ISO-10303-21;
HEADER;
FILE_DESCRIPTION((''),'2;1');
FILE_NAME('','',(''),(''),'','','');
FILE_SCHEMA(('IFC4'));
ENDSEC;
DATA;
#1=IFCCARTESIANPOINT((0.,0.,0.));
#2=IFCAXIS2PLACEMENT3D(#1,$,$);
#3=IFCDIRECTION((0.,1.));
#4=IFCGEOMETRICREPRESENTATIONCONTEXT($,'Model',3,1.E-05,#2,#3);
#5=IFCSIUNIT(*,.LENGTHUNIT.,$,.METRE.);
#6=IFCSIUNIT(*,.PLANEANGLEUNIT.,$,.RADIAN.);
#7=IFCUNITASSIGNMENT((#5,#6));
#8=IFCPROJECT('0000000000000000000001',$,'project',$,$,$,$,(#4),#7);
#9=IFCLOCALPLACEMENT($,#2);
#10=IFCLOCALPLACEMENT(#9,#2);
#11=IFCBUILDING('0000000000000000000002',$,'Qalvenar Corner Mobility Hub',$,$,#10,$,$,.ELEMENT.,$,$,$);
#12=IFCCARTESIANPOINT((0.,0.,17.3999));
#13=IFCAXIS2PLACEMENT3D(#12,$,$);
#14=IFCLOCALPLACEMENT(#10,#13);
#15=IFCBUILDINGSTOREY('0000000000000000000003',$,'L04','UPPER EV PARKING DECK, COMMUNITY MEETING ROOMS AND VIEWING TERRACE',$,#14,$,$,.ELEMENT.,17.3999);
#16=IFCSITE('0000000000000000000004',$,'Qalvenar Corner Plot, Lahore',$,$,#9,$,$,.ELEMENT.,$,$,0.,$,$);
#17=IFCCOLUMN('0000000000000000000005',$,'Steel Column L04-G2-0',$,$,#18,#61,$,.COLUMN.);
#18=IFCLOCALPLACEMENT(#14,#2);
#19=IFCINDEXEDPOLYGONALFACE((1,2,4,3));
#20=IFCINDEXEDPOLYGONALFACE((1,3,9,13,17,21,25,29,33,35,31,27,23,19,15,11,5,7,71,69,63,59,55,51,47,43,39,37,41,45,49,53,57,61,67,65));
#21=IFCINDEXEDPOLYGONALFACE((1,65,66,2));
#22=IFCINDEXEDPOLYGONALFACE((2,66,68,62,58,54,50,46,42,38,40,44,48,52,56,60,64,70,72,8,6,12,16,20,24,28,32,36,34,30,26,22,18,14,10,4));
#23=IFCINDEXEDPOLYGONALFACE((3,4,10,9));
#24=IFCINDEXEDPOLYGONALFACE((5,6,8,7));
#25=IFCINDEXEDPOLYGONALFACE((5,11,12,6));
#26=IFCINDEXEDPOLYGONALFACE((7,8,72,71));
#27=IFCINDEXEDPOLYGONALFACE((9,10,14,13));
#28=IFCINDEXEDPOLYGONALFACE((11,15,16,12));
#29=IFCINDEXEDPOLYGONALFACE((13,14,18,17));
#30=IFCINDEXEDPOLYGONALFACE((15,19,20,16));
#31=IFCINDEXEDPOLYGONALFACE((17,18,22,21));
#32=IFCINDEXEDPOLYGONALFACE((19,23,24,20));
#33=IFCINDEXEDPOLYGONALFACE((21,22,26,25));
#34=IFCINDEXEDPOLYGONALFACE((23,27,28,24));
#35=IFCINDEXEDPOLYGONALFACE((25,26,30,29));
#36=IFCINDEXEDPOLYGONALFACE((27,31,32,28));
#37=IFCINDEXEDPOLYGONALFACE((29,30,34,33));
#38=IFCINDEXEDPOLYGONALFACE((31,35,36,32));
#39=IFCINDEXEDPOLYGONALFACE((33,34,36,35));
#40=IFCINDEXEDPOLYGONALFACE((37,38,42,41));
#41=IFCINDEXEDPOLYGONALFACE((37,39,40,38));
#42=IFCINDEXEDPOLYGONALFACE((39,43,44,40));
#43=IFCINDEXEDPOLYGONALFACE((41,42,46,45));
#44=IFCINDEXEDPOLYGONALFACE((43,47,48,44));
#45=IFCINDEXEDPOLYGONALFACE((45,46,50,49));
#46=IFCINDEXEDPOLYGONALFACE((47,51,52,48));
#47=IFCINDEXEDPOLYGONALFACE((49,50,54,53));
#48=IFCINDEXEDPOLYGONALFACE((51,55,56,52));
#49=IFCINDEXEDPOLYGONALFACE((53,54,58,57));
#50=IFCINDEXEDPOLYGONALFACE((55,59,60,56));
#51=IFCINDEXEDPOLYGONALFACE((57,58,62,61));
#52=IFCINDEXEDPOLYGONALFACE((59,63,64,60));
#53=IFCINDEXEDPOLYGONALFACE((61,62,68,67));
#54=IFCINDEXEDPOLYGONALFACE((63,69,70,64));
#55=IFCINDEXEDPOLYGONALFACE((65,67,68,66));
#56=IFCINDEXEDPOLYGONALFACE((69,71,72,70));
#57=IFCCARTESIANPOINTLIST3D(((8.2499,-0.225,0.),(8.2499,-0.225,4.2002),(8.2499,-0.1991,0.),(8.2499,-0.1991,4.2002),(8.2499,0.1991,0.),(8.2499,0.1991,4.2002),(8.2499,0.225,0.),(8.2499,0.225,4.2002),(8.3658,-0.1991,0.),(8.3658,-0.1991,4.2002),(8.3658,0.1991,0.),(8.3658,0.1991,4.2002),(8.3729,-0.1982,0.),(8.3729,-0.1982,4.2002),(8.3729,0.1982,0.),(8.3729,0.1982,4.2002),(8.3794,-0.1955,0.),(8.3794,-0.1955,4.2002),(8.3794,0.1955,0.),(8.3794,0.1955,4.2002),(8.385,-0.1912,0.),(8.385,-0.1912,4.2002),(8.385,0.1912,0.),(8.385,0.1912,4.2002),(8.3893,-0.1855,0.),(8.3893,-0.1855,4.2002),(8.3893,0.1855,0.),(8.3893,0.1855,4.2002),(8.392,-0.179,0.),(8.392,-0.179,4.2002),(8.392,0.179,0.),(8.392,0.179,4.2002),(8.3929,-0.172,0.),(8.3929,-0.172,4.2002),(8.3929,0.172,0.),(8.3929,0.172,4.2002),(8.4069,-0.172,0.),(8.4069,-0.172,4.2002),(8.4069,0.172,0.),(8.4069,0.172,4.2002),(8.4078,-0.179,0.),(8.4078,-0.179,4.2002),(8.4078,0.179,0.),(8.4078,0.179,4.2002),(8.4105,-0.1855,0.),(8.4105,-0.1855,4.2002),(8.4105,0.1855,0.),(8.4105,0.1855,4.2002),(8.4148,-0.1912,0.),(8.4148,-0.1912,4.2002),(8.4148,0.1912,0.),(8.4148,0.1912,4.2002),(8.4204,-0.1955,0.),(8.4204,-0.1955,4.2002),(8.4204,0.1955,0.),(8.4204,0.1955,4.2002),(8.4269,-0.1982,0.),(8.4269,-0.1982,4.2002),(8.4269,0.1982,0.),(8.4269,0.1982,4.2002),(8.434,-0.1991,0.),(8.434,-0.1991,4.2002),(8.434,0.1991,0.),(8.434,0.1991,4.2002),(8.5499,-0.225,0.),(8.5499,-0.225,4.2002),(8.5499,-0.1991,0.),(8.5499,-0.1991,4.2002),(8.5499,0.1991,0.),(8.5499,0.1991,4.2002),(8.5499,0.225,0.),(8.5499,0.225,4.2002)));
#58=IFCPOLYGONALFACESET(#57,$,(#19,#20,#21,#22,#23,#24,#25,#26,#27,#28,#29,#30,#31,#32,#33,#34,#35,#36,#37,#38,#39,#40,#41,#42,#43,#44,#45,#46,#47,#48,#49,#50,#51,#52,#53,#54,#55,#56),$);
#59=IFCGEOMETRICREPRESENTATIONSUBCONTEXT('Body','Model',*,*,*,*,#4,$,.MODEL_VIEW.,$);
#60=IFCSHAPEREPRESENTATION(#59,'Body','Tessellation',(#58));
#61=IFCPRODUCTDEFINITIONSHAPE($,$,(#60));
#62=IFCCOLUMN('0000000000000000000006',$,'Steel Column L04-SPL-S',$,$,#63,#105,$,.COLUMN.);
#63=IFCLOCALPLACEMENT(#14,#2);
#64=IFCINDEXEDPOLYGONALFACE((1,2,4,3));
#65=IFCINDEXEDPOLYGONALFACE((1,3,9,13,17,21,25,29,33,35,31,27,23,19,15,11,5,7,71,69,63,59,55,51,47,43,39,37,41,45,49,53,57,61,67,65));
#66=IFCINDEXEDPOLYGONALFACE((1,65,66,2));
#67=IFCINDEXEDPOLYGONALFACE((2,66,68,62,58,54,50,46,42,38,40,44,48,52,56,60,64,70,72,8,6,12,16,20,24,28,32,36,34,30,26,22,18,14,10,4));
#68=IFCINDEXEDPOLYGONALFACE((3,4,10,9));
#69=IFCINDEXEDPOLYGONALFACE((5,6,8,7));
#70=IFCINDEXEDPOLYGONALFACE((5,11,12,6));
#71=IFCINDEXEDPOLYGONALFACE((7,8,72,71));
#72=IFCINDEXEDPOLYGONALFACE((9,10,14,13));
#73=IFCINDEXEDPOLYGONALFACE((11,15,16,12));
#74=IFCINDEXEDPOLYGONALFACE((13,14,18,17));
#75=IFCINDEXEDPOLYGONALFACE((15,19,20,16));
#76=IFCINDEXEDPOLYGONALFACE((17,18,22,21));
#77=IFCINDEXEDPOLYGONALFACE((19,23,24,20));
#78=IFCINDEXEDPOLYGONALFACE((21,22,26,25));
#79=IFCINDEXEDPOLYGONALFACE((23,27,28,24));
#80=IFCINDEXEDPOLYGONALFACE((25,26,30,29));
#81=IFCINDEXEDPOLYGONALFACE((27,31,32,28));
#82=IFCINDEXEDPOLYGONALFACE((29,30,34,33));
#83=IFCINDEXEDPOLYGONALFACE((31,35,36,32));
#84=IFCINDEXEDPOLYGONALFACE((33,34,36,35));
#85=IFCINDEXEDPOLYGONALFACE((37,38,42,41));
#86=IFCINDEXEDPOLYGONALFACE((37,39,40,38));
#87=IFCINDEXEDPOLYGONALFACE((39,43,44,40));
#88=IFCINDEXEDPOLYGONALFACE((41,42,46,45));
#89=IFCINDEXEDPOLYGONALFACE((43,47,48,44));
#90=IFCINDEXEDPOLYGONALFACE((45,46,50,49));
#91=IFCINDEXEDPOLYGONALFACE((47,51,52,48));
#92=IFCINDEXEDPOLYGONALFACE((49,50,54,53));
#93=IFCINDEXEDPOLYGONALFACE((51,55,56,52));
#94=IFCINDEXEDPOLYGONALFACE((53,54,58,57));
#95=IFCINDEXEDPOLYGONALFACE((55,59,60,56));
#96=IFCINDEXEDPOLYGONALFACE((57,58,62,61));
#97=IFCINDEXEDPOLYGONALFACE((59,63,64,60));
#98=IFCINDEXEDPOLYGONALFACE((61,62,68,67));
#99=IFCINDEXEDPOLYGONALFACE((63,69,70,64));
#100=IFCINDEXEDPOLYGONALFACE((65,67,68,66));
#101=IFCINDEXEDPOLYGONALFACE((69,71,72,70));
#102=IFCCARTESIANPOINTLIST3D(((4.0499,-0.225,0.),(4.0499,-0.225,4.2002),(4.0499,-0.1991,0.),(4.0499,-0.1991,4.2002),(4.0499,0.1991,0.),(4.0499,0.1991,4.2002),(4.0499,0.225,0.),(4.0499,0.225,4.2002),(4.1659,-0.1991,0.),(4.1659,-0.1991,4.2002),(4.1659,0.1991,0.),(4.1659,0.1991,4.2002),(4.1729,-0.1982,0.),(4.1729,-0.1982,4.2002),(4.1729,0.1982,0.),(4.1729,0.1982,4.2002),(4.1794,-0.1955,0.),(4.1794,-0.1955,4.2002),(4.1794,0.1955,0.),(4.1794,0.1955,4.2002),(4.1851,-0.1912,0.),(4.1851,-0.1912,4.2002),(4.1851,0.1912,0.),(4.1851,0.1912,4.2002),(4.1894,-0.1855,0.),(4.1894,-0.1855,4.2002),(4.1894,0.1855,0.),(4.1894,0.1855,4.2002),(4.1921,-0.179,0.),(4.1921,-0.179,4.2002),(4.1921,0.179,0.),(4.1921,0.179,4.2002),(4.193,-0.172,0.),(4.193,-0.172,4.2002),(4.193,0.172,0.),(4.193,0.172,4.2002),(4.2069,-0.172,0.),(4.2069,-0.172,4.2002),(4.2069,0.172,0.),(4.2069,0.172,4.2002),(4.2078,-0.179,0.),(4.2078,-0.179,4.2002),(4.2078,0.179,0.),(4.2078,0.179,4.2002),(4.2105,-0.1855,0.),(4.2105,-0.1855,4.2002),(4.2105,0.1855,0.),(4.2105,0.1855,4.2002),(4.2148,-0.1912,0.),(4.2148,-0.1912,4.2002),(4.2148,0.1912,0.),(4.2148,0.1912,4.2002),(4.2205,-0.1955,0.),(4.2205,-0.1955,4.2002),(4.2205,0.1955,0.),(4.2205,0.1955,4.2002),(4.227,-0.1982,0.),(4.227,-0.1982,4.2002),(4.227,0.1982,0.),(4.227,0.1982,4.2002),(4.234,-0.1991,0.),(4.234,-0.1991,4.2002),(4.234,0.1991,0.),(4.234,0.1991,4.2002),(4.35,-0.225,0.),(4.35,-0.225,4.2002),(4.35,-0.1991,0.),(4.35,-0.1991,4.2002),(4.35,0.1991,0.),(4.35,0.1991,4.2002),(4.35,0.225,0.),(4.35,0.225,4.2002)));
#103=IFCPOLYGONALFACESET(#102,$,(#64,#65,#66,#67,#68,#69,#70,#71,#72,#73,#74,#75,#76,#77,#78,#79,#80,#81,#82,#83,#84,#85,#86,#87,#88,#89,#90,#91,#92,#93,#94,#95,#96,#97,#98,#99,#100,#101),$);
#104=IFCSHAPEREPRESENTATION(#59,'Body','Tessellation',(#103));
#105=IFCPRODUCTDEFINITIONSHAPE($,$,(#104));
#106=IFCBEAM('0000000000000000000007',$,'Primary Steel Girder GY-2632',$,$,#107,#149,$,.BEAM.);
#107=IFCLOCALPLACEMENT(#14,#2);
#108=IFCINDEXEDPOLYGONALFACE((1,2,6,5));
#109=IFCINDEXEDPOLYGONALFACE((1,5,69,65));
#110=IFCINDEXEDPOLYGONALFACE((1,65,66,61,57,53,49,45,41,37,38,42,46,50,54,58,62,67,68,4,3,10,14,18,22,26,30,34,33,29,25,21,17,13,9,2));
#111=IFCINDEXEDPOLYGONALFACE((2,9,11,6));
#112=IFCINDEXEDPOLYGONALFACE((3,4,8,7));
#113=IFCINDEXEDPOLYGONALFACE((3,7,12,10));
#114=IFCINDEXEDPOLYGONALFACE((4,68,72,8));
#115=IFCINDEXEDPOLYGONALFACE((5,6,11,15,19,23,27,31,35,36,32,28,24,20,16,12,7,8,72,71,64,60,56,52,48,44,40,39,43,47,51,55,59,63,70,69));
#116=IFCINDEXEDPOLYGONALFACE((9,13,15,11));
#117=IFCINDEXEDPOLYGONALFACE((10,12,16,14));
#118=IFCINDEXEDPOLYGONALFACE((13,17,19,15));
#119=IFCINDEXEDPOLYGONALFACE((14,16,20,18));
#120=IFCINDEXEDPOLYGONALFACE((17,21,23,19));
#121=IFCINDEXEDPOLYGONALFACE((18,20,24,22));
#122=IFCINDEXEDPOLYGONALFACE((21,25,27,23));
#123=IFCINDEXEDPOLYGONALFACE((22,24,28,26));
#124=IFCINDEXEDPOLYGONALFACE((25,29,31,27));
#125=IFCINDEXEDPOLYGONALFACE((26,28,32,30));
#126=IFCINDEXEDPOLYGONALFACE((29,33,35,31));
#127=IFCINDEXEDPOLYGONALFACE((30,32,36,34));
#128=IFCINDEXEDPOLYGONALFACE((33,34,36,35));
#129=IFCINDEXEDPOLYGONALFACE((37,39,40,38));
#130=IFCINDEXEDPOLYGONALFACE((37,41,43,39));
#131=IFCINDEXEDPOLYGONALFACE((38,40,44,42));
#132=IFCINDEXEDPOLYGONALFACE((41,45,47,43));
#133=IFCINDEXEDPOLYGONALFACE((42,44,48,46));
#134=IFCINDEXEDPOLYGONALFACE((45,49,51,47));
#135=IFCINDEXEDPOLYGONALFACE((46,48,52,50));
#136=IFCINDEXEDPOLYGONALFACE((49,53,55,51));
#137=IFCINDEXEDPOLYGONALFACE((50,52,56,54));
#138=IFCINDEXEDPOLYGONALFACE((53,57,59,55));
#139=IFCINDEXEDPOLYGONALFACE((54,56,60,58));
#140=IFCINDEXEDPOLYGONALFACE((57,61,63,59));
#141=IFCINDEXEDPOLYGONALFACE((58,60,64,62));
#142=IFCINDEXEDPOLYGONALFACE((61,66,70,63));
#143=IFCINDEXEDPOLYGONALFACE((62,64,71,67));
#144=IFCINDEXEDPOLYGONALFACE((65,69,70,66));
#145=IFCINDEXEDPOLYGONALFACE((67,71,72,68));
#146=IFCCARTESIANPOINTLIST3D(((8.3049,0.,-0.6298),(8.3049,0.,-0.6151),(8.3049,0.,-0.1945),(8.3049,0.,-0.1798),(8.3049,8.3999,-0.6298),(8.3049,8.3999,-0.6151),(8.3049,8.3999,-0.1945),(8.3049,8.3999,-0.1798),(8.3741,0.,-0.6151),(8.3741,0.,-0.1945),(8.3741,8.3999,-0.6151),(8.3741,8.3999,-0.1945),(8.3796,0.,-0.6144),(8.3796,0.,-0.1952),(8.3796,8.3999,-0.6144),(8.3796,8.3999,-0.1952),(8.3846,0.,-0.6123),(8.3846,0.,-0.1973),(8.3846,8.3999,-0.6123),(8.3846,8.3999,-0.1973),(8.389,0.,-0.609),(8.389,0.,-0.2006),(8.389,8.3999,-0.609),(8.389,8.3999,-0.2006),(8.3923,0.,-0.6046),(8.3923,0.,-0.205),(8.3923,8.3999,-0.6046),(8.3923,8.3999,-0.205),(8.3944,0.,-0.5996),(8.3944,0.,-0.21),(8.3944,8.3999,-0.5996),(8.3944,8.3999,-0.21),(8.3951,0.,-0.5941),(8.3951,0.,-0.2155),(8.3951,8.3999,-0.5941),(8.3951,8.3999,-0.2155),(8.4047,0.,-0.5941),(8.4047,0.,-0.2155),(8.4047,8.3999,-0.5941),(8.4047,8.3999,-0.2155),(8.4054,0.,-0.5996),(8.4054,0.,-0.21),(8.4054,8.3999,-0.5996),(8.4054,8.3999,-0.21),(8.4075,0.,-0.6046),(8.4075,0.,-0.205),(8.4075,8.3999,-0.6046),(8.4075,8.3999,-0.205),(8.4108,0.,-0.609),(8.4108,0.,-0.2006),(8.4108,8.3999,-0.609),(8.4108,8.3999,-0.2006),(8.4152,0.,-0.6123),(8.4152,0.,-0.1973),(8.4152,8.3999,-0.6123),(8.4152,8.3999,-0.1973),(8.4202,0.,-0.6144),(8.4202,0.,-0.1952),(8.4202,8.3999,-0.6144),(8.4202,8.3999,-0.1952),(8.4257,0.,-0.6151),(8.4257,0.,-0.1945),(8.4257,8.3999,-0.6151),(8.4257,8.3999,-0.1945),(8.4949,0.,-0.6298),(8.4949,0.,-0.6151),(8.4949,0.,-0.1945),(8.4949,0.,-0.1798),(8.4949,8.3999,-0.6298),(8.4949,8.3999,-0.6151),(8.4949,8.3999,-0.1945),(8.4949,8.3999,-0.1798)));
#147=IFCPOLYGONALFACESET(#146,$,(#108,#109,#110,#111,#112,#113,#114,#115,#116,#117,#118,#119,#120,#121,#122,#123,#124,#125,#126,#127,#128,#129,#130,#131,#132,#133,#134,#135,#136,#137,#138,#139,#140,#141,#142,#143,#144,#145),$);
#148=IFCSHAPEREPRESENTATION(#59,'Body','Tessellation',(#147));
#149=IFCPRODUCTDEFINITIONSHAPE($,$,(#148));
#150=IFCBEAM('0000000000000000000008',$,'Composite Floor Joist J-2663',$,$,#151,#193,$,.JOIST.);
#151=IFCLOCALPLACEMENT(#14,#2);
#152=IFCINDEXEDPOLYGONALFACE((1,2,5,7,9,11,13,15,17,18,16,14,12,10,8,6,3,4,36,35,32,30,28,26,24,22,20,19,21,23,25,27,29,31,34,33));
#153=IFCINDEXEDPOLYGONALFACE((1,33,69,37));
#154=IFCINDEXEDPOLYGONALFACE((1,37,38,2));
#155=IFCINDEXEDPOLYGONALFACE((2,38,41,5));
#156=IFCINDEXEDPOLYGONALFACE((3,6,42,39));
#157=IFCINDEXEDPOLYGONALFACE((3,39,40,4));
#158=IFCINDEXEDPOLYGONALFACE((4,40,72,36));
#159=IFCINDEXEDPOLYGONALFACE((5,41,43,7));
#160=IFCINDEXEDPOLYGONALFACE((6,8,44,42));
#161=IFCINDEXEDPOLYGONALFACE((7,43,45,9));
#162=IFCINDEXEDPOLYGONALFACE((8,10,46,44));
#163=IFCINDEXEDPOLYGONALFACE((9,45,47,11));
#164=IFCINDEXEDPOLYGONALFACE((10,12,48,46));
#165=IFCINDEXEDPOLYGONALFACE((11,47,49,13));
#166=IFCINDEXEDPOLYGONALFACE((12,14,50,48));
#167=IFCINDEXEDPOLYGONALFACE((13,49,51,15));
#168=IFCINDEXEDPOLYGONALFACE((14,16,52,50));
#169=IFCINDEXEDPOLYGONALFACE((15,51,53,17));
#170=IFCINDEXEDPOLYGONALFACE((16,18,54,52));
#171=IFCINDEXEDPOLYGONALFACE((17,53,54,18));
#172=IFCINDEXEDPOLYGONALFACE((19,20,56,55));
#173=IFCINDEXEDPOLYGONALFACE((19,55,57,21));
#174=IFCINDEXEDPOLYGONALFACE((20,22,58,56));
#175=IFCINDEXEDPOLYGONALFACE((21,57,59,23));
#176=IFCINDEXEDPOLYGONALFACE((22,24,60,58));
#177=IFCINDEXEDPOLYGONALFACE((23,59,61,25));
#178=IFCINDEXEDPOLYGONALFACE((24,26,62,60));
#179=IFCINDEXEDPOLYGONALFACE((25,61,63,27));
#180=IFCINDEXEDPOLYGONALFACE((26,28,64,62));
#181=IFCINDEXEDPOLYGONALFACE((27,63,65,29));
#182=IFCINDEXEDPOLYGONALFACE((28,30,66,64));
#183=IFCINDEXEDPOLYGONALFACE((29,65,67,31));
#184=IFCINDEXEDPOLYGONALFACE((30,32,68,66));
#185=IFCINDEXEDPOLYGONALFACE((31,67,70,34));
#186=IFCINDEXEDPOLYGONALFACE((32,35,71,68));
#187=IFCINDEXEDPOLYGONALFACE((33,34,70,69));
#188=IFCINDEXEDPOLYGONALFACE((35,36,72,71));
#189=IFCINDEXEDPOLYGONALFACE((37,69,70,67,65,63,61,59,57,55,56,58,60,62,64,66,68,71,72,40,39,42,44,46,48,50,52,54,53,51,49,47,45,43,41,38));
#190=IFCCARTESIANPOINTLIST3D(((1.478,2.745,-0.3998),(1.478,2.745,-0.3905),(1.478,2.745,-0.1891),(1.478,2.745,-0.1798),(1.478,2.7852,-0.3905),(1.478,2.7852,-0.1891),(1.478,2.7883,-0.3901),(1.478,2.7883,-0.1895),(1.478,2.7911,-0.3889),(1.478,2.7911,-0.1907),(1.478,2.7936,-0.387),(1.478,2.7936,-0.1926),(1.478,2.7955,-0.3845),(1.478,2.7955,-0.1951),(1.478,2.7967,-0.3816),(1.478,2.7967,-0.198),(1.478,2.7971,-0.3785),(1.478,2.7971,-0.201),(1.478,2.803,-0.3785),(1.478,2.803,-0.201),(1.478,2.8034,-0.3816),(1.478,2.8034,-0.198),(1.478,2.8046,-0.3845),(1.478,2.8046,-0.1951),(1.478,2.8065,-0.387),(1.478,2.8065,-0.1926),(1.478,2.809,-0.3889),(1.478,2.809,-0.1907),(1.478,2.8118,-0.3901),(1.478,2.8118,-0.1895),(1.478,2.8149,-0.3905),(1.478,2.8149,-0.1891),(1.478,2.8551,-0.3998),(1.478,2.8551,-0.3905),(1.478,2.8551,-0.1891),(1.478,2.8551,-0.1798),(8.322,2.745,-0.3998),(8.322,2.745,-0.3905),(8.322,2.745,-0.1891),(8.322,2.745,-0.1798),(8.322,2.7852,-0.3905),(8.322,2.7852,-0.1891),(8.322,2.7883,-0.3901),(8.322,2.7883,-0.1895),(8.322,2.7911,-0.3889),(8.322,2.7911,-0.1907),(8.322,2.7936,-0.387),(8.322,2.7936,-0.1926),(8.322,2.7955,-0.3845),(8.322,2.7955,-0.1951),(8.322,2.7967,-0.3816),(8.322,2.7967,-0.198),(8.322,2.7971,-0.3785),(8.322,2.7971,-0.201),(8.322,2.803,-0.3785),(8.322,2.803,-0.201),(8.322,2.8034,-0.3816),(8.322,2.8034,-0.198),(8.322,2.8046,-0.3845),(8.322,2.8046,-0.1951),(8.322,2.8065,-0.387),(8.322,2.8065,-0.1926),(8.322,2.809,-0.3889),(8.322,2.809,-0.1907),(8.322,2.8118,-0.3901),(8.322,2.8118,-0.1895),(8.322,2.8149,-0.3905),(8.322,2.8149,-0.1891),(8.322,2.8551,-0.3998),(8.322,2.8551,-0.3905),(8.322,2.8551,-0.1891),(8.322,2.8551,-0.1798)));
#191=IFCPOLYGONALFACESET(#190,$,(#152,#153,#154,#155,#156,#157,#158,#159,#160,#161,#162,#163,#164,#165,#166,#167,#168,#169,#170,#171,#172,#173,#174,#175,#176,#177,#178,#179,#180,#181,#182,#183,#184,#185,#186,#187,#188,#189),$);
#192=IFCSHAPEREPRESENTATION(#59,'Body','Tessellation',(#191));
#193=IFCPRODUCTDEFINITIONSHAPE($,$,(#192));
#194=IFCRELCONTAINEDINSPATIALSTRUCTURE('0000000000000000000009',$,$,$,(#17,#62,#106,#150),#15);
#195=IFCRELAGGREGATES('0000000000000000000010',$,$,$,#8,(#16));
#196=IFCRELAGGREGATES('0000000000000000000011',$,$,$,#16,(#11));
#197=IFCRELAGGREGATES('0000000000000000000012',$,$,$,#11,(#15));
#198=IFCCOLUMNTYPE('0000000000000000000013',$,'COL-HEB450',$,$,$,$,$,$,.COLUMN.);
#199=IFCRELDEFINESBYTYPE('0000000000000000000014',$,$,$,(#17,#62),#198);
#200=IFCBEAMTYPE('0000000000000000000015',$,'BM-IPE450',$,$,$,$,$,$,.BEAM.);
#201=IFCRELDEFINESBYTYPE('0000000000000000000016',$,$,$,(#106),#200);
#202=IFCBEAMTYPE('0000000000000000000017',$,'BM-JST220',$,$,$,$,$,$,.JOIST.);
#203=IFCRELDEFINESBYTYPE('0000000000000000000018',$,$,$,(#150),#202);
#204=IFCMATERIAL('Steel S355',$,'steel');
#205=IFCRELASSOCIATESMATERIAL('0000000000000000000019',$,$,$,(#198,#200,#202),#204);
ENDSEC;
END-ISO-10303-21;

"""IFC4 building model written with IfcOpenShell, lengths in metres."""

from ifc_helpers import new_model, si_unit, direction, frame, origin, origin_2d, place, context, subcontext, project, spatial, i_section, extrude, material, material_profile, profile_set, type_object, element, save


model = new_model("IFC4")

# Units and contexts
model_context = context("Model", 3, precision=1e-05, world=origin(), true_north=direction((0.0, 1.0)))
body_context = subcontext(model_context, "Body", "Model", "MODEL_VIEW")
ifc_project = project(units=[si_unit("LENGTHUNIT", "METRE"), si_unit("PLANEANGLEUNIT", "RADIAN")], contexts=[model_context])

# Site, building, storey
site_placement = place(None, origin())
site = spatial("IfcSite", under=ifc_project, at=site_placement, Name="Qalvenar Corner Plot, Lahore", CompositionType="ELEMENT", RefElevation=0.0)
building_placement = place(site_placement, origin())
building = spatial("IfcBuilding", under=site, at=building_placement, Name="Qalvenar Corner Mobility Hub", CompositionType="ELEMENT")
storey_placement = place(building_placement, frame((0.0, 0.0, 17.3999)))
storey = spatial("IfcBuildingStorey", under=building, at=storey_placement, Name="L04", Description="UPPER EV PARKING DECK, COMMUNITY MEETING ROOMS AND VIEWING TERRACE", CompositionType="ELEMENT", Elevation=17.3999)

# Columns
ifc_material_1 = material(Name="Steel S355", Category="steel")
ifc_material_profile_1 = material_profile(ifc_material_1, i_section(OverallWidth=0.3, OverallDepth=0.45, WebThickness=0.0139, FlangeThickness=0.0259, FilletRadius=0.0271, at=origin_2d()), Name="HEB450")
ifc_profile_set_1 = profile_set([ifc_material_profile_1], Name="Steel S355")
column_type = type_object("IfcColumnType", Name="COL-HEB450", PredefinedType="COLUMN", material=ifc_profile_set_1)
for number, where, z_axis, x_axis, name in (
    (1, (8.3999, 0.0, 0.0), (0.0, 0.0, 1.0), (1.0, 0.0, 0.0), "Steel Column L04-G2-0"),
    (2, (4.2, 0.0, 0.0), (0.0, 0.0, 1.0), (1.0, 0.0, 0.0), "Steel Column L04-SPL-S"),
):
    element("IfcColumn", number, at=place(storey_placement, frame(where, z_axis=z_axis, x_axis=x_axis)), inside=storey, type_object=column_type, Name=name, PredefinedType="COLUMN", context=body_context, shape_type="SweptSolid", body=[
        extrude(i_section(OverallWidth=0.3, OverallDepth=0.45, WebThickness=0.0139, FlangeThickness=0.0259, FilletRadius=0.0271, at=origin_2d()), origin(), (0.0, 0.0, 1.0), 4.2002),
    ])

# Beams
ifc_material_profile_2 = material_profile(ifc_material_1, i_section(OverallWidth=0.1899, OverallDepth=0.45, WebThickness=0.0095, FlangeThickness=0.0146, FilletRadius=0.021, at=origin_2d()), Name="IPE450")
ifc_profile_set_2 = profile_set([ifc_material_profile_2], Name="Steel S355")
beam_type_1 = type_object("IfcBeamType", Name="BM-IPE450", PredefinedType="BEAM", material=ifc_profile_set_2)
beam_1_placement = place(storey_placement, frame((8.3999, 0.0, -0.4048), z_axis=(0.0, 1.0, 0.0), x_axis=(-1.0, 0.0, 0.0)))
element("IfcBeam", 3, at=beam_1_placement, inside=storey, type_object=beam_type_1, Name="Primary Steel Girder GY-2632", PredefinedType="BEAM", context=body_context, shape_type="SweptSolid", body=[
    extrude(i_section(OverallWidth=0.1899, OverallDepth=0.45, WebThickness=0.0095, FlangeThickness=0.0146, FilletRadius=0.021, at=origin_2d()), origin(), (0.0, 0.0, 1.0), 8.3999),
])
ifc_material_profile_3 = material_profile(ifc_material_1, i_section(OverallWidth=0.1101, OverallDepth=0.22, WebThickness=0.0059, FlangeThickness=0.0093, FilletRadius=0.012, at=origin_2d()), Name="IPE220")
ifc_profile_set_3 = profile_set([ifc_material_profile_3], Name="Steel S355")
beam_type_2 = type_object("IfcBeamType", Name="BM-JST220", PredefinedType="JOIST", material=ifc_profile_set_3)
beam_2_placement = place(storey_placement, frame((1.478, 2.8, -0.2898), z_axis=(1.0, 0.0, 0.0), x_axis=(0.0, 1.0, 0.0)))
element("IfcBeam", 4, at=beam_2_placement, inside=storey, type_object=beam_type_2, Name="Composite Floor Joist J-2663", PredefinedType="JOIST", context=body_context, shape_type="SweptSolid", body=[
    extrude(i_section(OverallWidth=0.1101, OverallDepth=0.22, WebThickness=0.0059, FlangeThickness=0.0093, FilletRadius=0.012, at=origin_2d()), origin(), (0.0, 0.0, 1.0), 6.844),
])

save(model, "model.ifc")
